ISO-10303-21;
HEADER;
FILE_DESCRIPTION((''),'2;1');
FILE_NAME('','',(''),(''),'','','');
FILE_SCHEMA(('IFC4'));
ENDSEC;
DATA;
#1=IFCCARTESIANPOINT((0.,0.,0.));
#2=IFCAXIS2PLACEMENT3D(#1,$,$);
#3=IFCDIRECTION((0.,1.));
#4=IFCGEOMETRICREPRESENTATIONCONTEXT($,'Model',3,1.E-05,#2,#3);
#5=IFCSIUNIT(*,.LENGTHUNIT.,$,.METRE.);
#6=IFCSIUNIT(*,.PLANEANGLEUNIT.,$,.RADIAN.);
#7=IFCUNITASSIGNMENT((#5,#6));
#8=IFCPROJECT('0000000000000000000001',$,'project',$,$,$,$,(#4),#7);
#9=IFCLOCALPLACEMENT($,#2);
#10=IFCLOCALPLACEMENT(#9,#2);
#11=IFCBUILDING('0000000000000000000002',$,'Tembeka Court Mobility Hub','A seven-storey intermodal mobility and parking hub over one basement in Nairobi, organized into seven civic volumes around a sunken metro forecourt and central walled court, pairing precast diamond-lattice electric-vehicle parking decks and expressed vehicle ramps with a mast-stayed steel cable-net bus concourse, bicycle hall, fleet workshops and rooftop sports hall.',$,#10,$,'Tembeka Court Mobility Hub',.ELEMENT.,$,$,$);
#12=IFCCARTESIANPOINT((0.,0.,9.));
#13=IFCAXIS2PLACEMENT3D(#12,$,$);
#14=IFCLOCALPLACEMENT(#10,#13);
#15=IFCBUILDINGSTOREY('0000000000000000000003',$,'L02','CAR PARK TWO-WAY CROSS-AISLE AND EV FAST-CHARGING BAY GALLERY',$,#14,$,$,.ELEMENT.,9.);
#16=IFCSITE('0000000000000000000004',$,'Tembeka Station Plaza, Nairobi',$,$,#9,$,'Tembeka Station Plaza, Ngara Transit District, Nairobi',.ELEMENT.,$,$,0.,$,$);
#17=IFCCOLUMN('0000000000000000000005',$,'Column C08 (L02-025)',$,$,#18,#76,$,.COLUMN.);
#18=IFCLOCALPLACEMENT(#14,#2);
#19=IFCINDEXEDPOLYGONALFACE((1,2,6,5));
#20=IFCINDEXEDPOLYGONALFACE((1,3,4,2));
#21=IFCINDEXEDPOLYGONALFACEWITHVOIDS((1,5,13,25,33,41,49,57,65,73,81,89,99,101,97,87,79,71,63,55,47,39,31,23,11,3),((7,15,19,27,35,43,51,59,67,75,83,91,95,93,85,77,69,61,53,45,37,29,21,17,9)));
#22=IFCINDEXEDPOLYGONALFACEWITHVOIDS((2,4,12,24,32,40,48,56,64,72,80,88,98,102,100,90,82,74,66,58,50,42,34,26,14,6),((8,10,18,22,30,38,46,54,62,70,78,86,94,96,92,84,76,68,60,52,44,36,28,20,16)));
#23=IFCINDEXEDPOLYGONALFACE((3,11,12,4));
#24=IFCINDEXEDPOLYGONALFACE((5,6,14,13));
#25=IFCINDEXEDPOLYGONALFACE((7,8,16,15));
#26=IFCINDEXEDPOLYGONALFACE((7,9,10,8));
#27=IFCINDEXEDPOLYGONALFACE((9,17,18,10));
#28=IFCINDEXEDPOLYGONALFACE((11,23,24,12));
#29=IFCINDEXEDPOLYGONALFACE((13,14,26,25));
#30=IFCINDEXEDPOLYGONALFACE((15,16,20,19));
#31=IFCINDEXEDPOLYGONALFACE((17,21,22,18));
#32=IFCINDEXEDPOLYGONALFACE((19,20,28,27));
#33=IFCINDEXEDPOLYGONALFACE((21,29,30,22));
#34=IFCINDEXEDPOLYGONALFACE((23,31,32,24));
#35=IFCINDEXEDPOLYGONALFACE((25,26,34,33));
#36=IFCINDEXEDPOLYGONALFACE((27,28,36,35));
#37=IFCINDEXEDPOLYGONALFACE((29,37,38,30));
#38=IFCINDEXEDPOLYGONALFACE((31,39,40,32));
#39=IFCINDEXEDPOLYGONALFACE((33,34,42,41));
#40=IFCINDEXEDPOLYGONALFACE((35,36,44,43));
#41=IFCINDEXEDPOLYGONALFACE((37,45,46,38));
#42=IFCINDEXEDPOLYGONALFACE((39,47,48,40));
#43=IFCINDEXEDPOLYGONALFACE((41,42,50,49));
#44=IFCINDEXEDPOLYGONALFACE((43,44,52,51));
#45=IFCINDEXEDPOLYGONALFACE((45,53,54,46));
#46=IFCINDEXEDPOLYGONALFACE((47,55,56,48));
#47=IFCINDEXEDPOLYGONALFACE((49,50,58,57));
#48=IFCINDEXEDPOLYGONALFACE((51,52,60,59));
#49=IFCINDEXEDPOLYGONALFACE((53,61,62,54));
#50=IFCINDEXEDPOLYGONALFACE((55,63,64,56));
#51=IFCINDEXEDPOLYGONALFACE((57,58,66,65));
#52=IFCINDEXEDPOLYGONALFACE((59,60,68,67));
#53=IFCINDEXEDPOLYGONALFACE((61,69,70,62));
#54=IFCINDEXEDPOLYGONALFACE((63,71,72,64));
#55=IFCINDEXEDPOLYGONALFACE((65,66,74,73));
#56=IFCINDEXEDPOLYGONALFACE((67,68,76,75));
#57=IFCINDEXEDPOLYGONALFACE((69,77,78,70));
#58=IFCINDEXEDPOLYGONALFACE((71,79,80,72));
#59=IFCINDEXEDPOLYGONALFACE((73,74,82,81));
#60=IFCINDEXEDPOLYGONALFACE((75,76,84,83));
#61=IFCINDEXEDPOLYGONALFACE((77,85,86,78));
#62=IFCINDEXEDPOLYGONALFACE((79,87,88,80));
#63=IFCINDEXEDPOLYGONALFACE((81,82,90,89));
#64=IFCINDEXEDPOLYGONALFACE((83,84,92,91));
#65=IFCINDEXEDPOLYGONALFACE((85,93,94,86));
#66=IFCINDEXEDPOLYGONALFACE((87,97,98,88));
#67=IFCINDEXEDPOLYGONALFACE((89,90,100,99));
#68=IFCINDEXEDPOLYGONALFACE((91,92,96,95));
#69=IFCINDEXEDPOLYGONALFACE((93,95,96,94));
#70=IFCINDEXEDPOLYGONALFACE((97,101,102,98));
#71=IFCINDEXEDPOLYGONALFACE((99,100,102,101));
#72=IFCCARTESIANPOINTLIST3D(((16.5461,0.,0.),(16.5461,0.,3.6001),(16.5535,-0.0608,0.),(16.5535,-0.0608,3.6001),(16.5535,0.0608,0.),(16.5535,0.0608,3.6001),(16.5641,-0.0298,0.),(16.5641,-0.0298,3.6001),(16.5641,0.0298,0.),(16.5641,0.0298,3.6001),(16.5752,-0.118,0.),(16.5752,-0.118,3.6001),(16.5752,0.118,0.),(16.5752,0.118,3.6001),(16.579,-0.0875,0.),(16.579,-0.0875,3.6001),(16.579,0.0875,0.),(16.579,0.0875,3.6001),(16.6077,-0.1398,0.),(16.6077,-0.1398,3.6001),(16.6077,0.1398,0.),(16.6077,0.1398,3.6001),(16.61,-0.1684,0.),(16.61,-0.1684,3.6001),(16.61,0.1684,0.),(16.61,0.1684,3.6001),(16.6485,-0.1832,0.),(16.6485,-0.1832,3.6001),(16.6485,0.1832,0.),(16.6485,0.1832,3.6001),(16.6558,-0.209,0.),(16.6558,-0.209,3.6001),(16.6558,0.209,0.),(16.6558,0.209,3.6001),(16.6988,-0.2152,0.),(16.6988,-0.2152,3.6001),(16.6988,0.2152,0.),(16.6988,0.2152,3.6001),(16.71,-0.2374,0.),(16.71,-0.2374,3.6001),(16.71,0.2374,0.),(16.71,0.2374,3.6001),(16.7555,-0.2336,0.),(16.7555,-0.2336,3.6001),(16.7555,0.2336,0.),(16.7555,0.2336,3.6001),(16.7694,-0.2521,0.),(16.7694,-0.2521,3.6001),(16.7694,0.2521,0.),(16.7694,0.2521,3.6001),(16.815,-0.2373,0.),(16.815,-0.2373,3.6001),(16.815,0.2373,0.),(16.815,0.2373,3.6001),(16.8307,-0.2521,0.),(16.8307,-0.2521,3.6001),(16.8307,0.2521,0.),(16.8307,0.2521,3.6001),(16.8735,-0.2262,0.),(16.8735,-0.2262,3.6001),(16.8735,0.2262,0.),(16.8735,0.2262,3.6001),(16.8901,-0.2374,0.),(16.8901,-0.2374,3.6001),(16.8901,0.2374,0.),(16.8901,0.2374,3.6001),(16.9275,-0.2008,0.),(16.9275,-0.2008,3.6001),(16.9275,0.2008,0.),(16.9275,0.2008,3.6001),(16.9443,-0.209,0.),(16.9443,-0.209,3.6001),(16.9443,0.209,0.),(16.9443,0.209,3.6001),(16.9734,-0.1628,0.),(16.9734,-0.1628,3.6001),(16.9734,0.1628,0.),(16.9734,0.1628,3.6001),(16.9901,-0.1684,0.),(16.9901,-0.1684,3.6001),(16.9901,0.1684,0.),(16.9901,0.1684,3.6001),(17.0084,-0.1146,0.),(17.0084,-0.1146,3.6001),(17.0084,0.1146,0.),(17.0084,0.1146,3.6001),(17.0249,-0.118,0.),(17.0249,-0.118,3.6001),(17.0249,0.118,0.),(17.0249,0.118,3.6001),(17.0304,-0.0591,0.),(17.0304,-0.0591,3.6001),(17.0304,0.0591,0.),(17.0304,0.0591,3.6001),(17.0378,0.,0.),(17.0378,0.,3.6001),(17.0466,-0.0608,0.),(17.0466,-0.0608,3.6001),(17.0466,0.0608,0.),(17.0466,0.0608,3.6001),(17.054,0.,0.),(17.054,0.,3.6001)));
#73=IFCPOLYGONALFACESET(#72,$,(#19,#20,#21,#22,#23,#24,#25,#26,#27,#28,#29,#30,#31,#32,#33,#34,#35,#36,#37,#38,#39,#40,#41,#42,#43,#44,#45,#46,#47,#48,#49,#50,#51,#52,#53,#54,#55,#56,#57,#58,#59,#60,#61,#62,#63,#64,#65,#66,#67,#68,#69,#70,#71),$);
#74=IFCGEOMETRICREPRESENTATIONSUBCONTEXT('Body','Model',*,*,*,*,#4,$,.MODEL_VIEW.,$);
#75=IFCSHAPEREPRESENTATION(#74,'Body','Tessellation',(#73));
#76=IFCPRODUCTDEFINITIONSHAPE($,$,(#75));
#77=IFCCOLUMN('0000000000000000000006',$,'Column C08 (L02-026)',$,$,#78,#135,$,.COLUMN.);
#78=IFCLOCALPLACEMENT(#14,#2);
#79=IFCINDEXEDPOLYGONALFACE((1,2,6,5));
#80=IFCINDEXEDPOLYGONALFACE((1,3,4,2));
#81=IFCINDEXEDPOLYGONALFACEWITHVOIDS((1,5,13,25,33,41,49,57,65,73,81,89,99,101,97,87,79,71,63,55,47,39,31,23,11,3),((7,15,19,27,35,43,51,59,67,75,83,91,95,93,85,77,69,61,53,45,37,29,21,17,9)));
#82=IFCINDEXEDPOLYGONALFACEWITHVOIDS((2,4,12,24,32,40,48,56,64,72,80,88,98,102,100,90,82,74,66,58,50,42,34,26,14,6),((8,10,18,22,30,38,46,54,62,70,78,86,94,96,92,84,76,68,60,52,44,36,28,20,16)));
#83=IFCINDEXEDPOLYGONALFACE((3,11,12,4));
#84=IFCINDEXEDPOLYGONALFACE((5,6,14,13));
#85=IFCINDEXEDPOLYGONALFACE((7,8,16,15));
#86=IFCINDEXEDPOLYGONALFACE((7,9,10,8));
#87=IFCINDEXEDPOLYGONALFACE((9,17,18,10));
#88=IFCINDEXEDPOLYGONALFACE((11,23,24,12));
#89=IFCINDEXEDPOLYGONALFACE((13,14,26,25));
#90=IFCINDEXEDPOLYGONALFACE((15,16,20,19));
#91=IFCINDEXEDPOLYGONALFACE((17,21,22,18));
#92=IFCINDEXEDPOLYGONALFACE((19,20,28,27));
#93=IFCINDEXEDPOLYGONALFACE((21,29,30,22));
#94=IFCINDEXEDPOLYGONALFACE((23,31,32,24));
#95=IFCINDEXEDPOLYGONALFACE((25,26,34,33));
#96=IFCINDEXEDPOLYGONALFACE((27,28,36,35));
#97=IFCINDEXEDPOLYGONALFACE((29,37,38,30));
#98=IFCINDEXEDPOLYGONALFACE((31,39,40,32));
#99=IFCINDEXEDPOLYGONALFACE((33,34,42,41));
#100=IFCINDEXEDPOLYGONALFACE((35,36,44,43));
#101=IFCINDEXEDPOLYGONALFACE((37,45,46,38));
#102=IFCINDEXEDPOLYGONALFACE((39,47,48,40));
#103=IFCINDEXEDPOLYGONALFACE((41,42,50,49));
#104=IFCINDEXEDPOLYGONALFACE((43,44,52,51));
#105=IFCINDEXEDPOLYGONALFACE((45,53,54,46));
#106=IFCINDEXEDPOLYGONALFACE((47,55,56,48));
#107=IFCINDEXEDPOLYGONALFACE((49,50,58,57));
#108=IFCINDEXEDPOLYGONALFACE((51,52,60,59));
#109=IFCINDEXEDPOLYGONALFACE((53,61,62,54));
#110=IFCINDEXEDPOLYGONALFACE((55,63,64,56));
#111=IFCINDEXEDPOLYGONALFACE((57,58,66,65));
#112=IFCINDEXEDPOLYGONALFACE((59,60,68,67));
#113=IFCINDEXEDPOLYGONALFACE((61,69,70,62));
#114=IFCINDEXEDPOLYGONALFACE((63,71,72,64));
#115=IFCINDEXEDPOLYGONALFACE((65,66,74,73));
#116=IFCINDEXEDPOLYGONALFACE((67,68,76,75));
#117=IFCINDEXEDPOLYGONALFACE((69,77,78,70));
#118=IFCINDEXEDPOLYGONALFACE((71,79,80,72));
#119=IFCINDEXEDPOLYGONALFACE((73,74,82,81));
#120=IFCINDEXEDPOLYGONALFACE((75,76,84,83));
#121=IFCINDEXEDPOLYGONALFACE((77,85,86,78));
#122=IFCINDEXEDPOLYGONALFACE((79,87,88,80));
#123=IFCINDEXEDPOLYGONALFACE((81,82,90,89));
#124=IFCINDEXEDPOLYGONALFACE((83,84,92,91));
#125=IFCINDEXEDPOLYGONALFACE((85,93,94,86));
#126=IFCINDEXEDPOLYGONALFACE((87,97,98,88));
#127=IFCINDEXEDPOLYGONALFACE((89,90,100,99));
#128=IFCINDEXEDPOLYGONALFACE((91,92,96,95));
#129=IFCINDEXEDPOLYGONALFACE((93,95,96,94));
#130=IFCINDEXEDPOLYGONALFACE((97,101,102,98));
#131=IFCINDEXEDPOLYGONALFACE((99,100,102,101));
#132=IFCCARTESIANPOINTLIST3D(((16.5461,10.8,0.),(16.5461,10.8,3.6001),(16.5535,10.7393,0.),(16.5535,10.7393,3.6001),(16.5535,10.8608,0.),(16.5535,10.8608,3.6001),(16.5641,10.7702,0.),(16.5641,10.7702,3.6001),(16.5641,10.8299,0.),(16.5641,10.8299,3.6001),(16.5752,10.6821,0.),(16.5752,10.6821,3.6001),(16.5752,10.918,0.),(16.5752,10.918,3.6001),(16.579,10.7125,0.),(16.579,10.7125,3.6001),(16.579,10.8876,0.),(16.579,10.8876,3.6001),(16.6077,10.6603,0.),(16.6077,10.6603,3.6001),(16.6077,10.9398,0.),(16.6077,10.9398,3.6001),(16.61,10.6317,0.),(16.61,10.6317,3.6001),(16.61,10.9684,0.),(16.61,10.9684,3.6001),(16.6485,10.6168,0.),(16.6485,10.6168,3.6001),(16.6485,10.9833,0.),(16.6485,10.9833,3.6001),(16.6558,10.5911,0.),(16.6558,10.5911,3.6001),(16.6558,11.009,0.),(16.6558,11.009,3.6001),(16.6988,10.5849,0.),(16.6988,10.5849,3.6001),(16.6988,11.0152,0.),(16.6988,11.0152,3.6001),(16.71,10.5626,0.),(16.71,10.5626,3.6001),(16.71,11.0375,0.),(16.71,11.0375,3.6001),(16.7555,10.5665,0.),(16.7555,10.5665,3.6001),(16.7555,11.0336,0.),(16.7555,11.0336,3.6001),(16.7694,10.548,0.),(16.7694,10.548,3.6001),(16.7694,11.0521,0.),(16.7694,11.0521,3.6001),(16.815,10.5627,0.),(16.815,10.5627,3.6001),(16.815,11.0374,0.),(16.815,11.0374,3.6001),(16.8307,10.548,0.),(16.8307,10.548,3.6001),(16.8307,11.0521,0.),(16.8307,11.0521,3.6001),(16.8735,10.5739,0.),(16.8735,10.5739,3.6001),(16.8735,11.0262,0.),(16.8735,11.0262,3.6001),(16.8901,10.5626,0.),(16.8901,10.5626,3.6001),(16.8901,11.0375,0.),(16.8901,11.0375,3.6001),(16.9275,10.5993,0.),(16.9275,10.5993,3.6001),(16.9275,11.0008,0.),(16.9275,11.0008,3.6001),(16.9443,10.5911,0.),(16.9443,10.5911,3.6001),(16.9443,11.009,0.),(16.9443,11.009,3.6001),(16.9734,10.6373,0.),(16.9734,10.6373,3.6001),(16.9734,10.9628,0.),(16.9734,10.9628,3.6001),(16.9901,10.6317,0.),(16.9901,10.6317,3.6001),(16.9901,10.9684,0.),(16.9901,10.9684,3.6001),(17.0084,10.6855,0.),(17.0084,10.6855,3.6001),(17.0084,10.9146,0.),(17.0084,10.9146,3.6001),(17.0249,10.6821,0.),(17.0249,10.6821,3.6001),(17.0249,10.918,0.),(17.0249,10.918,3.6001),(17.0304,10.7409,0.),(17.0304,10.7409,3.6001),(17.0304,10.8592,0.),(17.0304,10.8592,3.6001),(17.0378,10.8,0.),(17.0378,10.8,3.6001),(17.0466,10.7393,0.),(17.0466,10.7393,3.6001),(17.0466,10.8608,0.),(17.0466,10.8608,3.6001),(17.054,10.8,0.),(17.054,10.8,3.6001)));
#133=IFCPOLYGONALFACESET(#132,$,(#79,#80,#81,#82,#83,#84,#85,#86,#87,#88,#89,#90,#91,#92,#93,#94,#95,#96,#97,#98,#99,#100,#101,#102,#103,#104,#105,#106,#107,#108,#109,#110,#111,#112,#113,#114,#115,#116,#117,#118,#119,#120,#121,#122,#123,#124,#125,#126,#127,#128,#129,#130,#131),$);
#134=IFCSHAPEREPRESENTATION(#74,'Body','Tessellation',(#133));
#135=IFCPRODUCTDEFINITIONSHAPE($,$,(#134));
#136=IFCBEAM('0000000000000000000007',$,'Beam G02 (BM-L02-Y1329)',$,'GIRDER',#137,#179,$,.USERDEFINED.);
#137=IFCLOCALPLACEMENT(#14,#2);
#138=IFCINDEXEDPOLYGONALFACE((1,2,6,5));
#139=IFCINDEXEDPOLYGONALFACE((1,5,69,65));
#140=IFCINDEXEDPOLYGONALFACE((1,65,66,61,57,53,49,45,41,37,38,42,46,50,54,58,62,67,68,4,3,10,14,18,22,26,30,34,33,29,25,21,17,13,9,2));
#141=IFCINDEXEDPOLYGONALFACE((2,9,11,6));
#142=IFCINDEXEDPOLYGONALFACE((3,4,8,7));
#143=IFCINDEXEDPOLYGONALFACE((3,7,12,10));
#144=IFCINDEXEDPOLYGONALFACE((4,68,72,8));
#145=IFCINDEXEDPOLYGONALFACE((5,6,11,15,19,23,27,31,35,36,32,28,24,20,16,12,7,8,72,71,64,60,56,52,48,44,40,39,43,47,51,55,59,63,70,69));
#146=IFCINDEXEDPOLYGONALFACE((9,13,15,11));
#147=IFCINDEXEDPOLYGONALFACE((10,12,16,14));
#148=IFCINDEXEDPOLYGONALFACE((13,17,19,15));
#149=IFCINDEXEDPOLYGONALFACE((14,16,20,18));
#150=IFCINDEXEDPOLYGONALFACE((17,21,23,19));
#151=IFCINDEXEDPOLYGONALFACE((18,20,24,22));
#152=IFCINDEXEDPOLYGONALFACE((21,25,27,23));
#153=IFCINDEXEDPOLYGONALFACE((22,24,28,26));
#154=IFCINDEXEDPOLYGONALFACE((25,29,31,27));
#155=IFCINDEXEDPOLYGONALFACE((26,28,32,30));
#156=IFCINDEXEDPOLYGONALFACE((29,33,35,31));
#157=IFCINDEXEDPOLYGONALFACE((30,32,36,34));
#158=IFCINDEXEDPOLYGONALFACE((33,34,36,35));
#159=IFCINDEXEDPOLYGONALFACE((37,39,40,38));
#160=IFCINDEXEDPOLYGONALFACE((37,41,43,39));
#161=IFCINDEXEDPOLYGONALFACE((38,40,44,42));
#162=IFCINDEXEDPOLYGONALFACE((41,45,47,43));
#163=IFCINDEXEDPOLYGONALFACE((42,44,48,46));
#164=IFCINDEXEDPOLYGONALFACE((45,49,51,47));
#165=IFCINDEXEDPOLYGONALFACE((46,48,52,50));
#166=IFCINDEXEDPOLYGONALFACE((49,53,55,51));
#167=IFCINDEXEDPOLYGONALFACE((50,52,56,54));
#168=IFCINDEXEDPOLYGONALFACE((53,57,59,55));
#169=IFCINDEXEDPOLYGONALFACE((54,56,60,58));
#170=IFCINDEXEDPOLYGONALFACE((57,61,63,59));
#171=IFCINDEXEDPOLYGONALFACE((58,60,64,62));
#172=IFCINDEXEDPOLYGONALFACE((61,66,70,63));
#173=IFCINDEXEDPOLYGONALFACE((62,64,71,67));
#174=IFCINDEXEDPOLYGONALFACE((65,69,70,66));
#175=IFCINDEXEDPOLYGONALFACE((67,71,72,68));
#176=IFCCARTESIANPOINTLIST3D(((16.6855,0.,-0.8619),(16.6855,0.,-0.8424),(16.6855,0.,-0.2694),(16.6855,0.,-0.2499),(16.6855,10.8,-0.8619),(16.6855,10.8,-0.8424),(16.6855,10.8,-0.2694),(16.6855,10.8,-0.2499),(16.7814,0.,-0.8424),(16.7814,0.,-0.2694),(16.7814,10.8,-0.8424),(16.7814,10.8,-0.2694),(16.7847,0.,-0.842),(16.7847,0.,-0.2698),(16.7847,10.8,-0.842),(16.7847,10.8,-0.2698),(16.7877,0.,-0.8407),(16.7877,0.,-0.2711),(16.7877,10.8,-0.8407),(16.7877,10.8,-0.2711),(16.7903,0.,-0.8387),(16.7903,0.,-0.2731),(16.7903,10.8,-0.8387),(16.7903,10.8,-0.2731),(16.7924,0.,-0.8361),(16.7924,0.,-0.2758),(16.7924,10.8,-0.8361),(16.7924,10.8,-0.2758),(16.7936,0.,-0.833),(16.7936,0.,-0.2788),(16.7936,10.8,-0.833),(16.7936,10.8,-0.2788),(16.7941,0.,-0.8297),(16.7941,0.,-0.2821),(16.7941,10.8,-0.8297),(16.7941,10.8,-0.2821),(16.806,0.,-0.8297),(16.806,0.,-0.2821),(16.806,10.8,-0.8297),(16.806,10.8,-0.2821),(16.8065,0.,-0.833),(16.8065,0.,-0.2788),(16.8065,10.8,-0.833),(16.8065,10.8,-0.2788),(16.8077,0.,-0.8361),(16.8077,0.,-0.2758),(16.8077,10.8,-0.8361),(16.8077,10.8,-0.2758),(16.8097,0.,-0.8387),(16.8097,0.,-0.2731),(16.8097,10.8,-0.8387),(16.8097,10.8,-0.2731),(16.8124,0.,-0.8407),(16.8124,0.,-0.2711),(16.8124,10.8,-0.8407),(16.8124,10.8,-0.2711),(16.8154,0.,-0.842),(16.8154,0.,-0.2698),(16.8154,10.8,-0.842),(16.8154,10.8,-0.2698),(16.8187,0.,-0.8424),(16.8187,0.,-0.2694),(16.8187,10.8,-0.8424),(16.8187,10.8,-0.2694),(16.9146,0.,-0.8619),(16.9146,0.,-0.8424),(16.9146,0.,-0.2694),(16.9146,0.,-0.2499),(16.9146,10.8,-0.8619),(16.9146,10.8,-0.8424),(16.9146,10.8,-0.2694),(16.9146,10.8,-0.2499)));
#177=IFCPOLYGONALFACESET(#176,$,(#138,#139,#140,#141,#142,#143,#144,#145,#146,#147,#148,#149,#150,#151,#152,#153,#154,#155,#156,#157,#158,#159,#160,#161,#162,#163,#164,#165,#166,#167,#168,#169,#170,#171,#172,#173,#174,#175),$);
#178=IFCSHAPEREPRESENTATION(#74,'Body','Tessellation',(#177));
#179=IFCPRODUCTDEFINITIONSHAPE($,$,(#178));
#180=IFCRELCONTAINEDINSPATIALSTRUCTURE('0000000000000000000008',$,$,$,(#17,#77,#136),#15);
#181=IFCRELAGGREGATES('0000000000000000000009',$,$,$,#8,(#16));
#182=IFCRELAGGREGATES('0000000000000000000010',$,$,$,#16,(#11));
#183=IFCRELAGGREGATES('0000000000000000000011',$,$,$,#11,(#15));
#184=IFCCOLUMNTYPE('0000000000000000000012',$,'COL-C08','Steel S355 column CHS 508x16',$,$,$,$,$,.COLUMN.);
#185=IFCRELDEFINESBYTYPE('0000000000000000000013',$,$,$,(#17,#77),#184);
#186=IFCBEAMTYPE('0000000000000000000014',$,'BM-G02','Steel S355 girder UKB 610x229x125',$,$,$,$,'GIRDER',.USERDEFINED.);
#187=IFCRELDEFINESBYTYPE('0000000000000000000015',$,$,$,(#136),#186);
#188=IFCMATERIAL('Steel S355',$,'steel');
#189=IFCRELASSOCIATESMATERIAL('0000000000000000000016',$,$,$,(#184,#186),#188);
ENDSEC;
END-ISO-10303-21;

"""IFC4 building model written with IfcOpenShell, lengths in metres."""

from ifc_helpers import new_model, si_unit, direction, frame, origin, origin_2d, place, context, subcontext, project, spatial, hollow_circle, i_section, extrude, material, material_profile, profile_set, type_object, element, save


model = new_model("IFC4")

# Units and contexts
model_context = context("Model", 3, precision=1e-05, world=origin(), true_north=direction((0.0, 1.0)))
body_context = subcontext(model_context, "Body", "Model", "MODEL_VIEW")
ifc_project = project(units=[si_unit("LENGTHUNIT", "METRE"), si_unit("PLANEANGLEUNIT", "RADIAN")], contexts=[model_context])

# Site, building, storey
site_placement = place(None, origin())
site = spatial("IfcSite", under=ifc_project, at=site_placement, Name="Tembeka Station Plaza, Nairobi", LongName="Tembeka Station Plaza, Ngara Transit District, Nairobi", CompositionType="ELEMENT", RefElevation=0.0)
building_placement = place(site_placement, origin())
building = spatial("IfcBuilding", under=site, at=building_placement, Name="Tembeka Court Mobility Hub", Description="A seven-storey intermodal mobility and parking hub over one basement in Nairobi, organized into seven civic volumes around a sunken metro forecourt and central walled court, pairing precast diamond-lattice electric-vehicle parking decks and expressed vehicle ramps with a mast-stayed steel cable-net bus concourse, bicycle hall, fleet workshops and rooftop sports hall.", LongName="Tembeka Court Mobility Hub", CompositionType="ELEMENT")
storey_placement = place(building_placement, frame((0.0, 0.0, 9.0)))
storey = spatial("IfcBuildingStorey", under=building, at=storey_placement, Name="L02", Description="CAR PARK TWO-WAY CROSS-AISLE AND EV FAST-CHARGING BAY GALLERY", CompositionType="ELEMENT", Elevation=9.0)

# Columns
ifc_material_1 = material(Name="Steel S355", Category="steel")
ifc_material_profile_1 = material_profile(ifc_material_1, hollow_circle(Radius=0.2539, WallThickness=0.0161, at=origin_2d()), Name="CHS 508x16")
ifc_profile_set_1 = profile_set([ifc_material_profile_1], Name="Steel S355")
column_type = type_object("IfcColumnType", Name="COL-C08", Description="Steel S355 column CHS 508x16", PredefinedType="COLUMN", material=ifc_profile_set_1)
for number, where, z_axis, x_axis, name in (
    (1, (16.8, 0.0, 0.0), (0.0, 0.0, 1.0), (1.0, 0.0, 0.0), "Column C08 (L02-025)"),
    (2, (16.8, 10.8, 0.0), (0.0, 0.0, 1.0), (1.0, 0.0, 0.0), "Column C08 (L02-026)"),
):
    element("IfcColumn", number, at=place(storey_placement, frame(where, z_axis=z_axis, x_axis=x_axis)), inside=storey, type_object=column_type, Name=name, PredefinedType="COLUMN", context=body_context, shape_type="SweptSolid", body=[
        extrude(hollow_circle(Radius=0.2539, WallThickness=0.0161, at=origin_2d()), origin(), (0.0, 0.0, 1.0), 3.6001),
    ])

# Beam
ifc_material_profile_2 = material_profile(ifc_material_1, i_section(OverallWidth=0.229, OverallDepth=0.6121, WebThickness=0.012, FlangeThickness=0.0195, FilletRadius=0.0127, at=origin_2d()), Name="UKB 610x229x125")
ifc_profile_set_2 = profile_set([ifc_material_profile_2], Name="Steel S355")
beam_type_1 = type_object("IfcBeamType", Name="BM-G02", Description="Steel S355 girder UKB 610x229x125", ElementType="GIRDER", PredefinedType="USERDEFINED", material=ifc_profile_set_2)
for number, where, z_axis, x_axis, name in (
    (3, (16.8, 0.0, -0.5559), (0.0, 1.0, 0.0), (-1.0, 0.0, 0.0), "Beam G02 (BM-L02-Y1329)"),
):
    element("IfcBeam", number, at=place(storey_placement, frame(where, z_axis=z_axis, x_axis=x_axis)), inside=storey, type_object=beam_type_1, Name=name, ObjectType="GIRDER", PredefinedType="USERDEFINED", context=body_context, shape_type="SweptSolid", body=[
        extrude(i_section(OverallWidth=0.229, OverallDepth=0.6121, WebThickness=0.012, FlangeThickness=0.0195, FilletRadius=0.0127, at=origin_2d()), origin(), (0.0, 0.0, 1.0), 10.8),
    ])

save(model, "model.ifc")
